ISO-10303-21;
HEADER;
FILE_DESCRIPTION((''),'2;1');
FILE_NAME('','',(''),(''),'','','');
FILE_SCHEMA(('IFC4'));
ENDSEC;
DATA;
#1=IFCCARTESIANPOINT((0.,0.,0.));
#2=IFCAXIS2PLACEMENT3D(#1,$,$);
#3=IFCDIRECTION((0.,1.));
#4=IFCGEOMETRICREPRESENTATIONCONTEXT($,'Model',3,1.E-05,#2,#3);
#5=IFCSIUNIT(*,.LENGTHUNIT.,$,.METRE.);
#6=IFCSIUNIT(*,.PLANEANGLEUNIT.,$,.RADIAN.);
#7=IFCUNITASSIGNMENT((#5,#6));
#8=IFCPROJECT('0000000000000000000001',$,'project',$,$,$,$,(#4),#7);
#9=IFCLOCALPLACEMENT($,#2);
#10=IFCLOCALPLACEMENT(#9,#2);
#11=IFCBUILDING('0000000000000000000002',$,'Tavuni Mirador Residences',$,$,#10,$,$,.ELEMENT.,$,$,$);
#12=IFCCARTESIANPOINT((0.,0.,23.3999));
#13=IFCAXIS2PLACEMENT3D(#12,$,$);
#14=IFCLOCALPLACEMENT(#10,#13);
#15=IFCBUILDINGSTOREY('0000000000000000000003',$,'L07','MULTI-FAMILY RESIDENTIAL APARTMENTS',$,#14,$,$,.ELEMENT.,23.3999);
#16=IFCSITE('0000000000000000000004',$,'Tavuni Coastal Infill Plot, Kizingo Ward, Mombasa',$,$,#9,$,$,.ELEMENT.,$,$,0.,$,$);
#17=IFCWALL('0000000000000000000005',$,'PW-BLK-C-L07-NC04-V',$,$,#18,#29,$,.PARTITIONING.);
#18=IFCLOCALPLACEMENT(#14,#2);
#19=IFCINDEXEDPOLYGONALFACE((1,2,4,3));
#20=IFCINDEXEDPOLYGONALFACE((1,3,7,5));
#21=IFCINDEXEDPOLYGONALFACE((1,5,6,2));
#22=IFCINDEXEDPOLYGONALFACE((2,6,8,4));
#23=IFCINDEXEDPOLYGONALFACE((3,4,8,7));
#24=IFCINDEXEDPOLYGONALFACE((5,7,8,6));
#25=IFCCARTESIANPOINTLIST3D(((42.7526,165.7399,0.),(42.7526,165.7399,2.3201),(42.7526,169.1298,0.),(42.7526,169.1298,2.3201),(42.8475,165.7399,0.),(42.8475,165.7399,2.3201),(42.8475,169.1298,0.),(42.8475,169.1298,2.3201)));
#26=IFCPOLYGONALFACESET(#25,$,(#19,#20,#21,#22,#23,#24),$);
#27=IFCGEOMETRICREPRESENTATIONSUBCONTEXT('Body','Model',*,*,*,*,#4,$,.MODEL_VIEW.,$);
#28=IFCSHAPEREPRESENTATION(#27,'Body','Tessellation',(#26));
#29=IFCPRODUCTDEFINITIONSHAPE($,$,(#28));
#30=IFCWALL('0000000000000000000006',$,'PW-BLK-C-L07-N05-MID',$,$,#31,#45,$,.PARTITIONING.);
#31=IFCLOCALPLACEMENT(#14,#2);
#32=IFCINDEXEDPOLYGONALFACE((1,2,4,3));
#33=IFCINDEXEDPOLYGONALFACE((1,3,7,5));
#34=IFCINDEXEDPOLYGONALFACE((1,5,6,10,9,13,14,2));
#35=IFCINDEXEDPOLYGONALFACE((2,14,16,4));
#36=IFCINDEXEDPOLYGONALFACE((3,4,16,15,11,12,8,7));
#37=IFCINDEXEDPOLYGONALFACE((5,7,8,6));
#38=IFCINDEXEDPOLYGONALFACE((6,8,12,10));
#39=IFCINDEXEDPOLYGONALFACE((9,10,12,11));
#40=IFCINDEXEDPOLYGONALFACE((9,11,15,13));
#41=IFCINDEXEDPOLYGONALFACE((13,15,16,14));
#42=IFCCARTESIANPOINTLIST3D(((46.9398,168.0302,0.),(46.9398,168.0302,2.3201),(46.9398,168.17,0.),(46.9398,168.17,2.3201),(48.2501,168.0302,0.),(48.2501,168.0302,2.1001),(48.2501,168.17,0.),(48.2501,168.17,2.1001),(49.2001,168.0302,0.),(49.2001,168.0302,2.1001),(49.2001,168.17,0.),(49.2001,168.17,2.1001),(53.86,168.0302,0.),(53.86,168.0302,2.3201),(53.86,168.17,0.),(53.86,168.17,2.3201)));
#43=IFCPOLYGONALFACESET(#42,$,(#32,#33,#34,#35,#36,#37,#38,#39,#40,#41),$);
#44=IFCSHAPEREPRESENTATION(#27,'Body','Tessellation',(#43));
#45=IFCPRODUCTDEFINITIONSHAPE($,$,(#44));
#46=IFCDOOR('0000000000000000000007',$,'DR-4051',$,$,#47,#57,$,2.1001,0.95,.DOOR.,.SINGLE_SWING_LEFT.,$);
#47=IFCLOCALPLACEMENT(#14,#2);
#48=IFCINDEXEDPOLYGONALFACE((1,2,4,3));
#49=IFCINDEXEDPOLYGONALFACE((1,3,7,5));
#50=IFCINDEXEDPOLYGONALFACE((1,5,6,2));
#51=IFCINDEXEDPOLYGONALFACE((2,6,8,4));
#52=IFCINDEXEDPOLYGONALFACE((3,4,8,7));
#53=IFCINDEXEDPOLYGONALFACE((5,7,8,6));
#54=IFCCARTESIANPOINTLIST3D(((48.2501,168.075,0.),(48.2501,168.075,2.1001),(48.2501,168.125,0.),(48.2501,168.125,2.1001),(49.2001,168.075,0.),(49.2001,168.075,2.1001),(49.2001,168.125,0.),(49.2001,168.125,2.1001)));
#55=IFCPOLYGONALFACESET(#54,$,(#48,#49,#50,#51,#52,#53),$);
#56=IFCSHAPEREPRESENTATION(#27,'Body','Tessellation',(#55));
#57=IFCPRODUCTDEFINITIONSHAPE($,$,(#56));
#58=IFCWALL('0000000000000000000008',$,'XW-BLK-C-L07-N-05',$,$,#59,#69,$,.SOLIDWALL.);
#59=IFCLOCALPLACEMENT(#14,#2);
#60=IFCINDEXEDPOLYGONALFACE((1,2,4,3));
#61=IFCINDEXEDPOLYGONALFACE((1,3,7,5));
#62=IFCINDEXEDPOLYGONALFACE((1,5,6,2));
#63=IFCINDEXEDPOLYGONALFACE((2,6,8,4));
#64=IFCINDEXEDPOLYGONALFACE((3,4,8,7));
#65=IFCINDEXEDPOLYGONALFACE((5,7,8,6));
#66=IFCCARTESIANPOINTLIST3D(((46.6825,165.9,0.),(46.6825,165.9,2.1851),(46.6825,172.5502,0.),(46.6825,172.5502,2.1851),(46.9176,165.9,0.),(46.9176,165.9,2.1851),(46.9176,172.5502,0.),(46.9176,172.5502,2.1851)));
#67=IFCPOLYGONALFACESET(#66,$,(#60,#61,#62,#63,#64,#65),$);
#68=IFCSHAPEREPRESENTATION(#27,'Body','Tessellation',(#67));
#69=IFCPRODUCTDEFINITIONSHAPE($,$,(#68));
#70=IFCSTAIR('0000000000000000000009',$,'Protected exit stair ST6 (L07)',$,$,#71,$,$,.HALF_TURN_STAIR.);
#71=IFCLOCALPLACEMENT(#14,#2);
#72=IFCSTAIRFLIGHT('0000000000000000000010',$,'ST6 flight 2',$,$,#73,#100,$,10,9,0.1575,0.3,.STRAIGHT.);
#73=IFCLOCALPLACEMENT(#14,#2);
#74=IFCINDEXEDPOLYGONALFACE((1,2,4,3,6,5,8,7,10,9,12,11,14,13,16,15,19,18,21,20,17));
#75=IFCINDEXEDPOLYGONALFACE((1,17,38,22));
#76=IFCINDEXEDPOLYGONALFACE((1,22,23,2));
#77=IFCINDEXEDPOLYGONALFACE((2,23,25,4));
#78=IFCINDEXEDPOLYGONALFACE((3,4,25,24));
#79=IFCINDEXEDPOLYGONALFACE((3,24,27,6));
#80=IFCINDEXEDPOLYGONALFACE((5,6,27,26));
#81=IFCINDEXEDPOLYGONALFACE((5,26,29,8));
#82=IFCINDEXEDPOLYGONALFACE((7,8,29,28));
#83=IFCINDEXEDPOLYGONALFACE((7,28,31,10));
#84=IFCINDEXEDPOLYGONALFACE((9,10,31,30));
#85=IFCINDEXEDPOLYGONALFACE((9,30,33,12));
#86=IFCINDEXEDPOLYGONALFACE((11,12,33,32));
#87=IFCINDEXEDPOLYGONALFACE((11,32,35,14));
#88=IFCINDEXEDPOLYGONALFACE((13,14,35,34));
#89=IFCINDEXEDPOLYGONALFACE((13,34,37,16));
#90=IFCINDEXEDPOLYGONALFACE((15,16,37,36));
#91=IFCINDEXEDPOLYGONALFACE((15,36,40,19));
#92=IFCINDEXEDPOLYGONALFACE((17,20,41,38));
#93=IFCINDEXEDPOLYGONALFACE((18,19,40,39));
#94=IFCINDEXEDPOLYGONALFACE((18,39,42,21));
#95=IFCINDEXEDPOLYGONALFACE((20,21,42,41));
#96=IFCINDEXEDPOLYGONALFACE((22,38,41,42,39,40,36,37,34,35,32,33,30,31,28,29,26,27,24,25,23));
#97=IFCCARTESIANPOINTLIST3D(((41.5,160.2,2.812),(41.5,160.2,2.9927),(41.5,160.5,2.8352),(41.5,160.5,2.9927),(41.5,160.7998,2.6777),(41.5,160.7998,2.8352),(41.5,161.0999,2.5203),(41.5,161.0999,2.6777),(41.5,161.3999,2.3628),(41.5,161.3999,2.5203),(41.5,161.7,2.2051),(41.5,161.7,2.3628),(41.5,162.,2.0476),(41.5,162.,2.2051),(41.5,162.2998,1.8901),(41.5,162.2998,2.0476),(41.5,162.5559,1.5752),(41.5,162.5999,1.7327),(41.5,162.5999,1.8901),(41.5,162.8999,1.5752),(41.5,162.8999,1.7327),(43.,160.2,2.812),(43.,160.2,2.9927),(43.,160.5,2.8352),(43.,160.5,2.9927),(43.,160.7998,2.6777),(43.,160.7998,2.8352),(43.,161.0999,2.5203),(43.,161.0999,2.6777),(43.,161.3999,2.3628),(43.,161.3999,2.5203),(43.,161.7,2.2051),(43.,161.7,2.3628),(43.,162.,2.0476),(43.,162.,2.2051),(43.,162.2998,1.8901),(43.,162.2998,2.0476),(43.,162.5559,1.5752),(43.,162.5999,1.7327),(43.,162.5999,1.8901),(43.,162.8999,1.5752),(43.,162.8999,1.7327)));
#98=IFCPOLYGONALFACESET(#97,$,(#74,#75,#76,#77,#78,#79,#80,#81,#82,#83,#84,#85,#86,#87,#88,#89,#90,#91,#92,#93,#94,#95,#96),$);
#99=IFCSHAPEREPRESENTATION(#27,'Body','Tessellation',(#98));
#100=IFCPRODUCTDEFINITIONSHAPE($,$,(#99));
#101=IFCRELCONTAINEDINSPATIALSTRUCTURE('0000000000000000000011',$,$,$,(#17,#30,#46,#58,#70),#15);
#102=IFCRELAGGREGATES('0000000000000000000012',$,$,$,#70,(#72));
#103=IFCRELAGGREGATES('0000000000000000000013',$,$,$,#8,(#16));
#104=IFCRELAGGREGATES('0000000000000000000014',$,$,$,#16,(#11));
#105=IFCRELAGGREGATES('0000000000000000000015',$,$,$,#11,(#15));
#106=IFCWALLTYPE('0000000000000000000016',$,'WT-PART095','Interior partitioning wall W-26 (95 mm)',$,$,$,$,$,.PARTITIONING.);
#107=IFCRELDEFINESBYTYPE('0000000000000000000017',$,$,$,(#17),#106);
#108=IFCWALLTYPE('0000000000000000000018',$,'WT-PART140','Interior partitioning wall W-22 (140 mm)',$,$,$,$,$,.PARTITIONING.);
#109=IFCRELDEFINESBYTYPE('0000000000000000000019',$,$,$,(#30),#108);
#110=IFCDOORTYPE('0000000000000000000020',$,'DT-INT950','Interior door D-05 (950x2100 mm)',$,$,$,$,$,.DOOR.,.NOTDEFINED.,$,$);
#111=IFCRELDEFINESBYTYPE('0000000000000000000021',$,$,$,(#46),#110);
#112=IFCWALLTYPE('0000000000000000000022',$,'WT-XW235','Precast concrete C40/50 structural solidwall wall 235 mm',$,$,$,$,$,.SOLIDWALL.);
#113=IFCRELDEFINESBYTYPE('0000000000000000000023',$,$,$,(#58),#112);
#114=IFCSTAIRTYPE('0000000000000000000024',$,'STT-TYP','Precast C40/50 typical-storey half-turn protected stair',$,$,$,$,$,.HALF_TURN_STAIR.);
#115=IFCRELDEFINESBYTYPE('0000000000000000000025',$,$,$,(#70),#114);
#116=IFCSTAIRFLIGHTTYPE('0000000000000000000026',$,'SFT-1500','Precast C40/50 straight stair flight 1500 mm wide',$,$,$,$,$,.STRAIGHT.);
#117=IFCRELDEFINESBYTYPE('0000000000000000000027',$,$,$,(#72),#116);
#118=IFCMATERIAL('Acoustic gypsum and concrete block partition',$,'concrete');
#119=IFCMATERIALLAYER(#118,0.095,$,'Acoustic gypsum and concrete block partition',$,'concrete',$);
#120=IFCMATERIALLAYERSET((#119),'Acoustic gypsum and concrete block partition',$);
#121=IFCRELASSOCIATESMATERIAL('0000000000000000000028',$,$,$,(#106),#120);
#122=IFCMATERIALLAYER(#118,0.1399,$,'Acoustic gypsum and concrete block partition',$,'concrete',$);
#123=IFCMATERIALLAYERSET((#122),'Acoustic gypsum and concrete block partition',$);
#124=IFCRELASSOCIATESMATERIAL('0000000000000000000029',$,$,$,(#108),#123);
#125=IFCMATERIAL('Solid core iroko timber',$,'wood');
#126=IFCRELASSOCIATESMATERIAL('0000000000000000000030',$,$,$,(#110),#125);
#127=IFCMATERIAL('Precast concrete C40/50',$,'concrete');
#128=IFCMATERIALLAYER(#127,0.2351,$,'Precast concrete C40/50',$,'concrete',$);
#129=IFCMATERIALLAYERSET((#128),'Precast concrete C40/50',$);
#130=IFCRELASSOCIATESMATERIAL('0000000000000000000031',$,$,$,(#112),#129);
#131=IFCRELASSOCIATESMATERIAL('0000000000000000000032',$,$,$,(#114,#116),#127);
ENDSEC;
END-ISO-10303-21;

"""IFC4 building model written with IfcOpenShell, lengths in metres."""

from ifc_helpers import new_model, si_unit, direction, frame, frame_2d, origin, place, context, subcontext, project, spatial, polyline, rectangle, outline, extrude, material, layer, layer_set, type_object, element, fill, aggregate, save


model = new_model("IFC4")

# Units and contexts
model_context = context("Model", 3, precision=1e-05, world=origin(), true_north=direction((0.0, 1.0)))
body_context = subcontext(model_context, "Body", "Model", "MODEL_VIEW")
ifc_project = project(units=[si_unit("LENGTHUNIT", "METRE"), si_unit("PLANEANGLEUNIT", "RADIAN")], contexts=[model_context])

# Site, building, storey
site_placement = place(None, origin())
site = spatial("IfcSite", under=ifc_project, at=site_placement, Name="Tavuni Coastal Infill Plot, Kizingo Ward, Mombasa", CompositionType="ELEMENT", RefElevation=0.0)
building_placement = place(site_placement, origin())
building = spatial("IfcBuilding", under=site, at=building_placement, Name="Tavuni Mirador Residences", CompositionType="ELEMENT")
storey_placement = place(building_placement, frame((0.0, 0.0, 23.3999)))
storey = spatial("IfcBuildingStorey", under=building, at=storey_placement, Name="L07", Description="MULTI-FAMILY RESIDENTIAL APARTMENTS", CompositionType="ELEMENT", Elevation=23.3999)

# Shared definitions
ifc_material_1 = material(Name="Precast concrete C40/50", Category="concrete")

# Shared definitions
ifc_material_2 = material(Name="Solid core iroko timber", Category="wood")

# Wall
ifc_material_3 = material(Name="Acoustic gypsum and concrete block partition", Category="concrete")
ifc_layer_1 = layer(ifc_material_3, 0.095, Name="Acoustic gypsum and concrete block partition", Category="concrete")
ifc_layer_set_1 = layer_set([ifc_layer_1], Name="Acoustic gypsum and concrete block partition")
wall_type_1 = type_object("IfcWallType", Name="WT-PART095", Description="Interior partitioning wall W-26 (95 mm)", PredefinedType="PARTITIONING", material=ifc_layer_set_1)
wall_1_placement = place(storey_placement, frame((42.8, 165.74, 0.0), z_axis=(0.0, 0.0, 1.0), x_axis=(0.0, 1.0, 0.0)))
element("IfcWall", 1, at=wall_1_placement, inside=storey, type_object=wall_type_1, Name="PW-BLK-C-L07-NC04-V", PredefinedType="PARTITIONING", context=body_context, shape_type="SweptSolid", body=[
    extrude(rectangle(XDim=3.3899, YDim=0.095, at=frame_2d((1.6948, 0.0))), origin(), (0.0, 0.0, 1.0), 2.3201),
])

# Wall, opening, door
ifc_layer_2 = layer(ifc_material_3, 0.1399, Name="Acoustic gypsum and concrete block partition", Category="concrete")
ifc_layer_set_2 = layer_set([ifc_layer_2], Name="Acoustic gypsum and concrete block partition")
wall_type_2 = type_object("IfcWallType", Name="WT-PART140", Description="Interior partitioning wall W-22 (140 mm)", PredefinedType="PARTITIONING", material=ifc_layer_set_2)
wall_2_placement = place(storey_placement, frame((46.9399, 168.1001, 0.0), z_axis=(0.0, 0.0, 1.0), x_axis=(1.0, 0.0, 0.0)))
wall_2 = element("IfcWall", 2, at=wall_2_placement, inside=storey, type_object=wall_type_2, Name="PW-BLK-C-L07-N05-MID", PredefinedType="PARTITIONING", context=body_context, shape_type="SweptSolid", body=[
    extrude(rectangle(XDim=6.9202, YDim=0.1399, at=frame_2d((3.46, 0.0))), origin(), (0.0, 0.0, 1.0), 2.3201),
])
opening_1_placement = place(wall_2_placement, frame((1.3101, 0.0, 0.0)))
opening_1 = element("IfcOpeningElement", 3, at=opening_1_placement, cuts=wall_2, PredefinedType="OPENING", context=body_context, shape_type="SweptSolid", body=[
    extrude(rectangle(XDim=0.95, YDim=2.1001, at=frame_2d((0.4751, 1.05))), frame((0.0, 0.0801, 0.0), z_axis=(0.0, -1.0, 0.0), x_axis=(1.0, 0.0, 0.0)), (0.0, 0.0, 1.0), 0.1599),
])
door_type_1 = type_object("IfcDoorType", Name="DT-INT950", Description="Interior door D-05 (950x2100 mm)", OperationType="NOTDEFINED", PredefinedType="DOOR", material=ifc_material_2)
door_1_placement = place(opening_1_placement, origin())
door_1 = element("IfcDoor", 4, at=door_1_placement, inside=storey, type_object=door_type_1, Name="DR-4051", OperationType="SINGLE_SWING_LEFT", OverallHeight=2.1001, OverallWidth=0.95, PredefinedType="DOOR", context=body_context, shape_type="SweptSolid", body=[
    extrude(rectangle(XDim=0.95, YDim=2.1001, at=frame_2d((0.4751, 1.05))), frame((0.0, 0.0249, 0.0), z_axis=(0.0, -1.0, 0.0), x_axis=(1.0, 0.0, 0.0)), (0.0, 0.0, 1.0), 0.05),
])
fill(opening_1, door_1)

# Wall
ifc_layer_3 = layer(ifc_material_1, 0.2351, Name="Precast concrete C40/50", Category="concrete")
ifc_layer_set_3 = layer_set([ifc_layer_3], Name="Precast concrete C40/50")
wall_type_3 = type_object("IfcWallType", Name="WT-XW235", Description="Precast concrete C40/50 structural solidwall wall 235 mm", PredefinedType="SOLIDWALL", material=ifc_layer_set_3)
wall_3_placement = place(storey_placement, frame((46.8, 165.8999, 0.0), z_axis=(0.0, 0.0, 1.0), x_axis=(0.0, 1.0, 0.0)))
element("IfcWall", 5, at=wall_3_placement, inside=storey, type_object=wall_type_3, Name="XW-BLK-C-L07-N-05", PredefinedType="SOLIDWALL", context=body_context, shape_type="SweptSolid", body=[
    extrude(rectangle(XDim=6.6501, YDim=0.2351, at=frame_2d((3.3252, 0.0))), origin(), (0.0, 0.0, 1.0), 2.1851),
])

# Stair, stair flight
stair_type = type_object("IfcStairType", Name="STT-TYP", Description="Precast C40/50 typical-storey half-turn protected stair", PredefinedType="HALF_TURN_STAIR", material=ifc_material_1)
stair_placement = place(storey_placement, origin())
stair = element("IfcStair", 6, at=stair_placement, inside=storey, type_object=stair_type, Name="Protected exit stair ST6 (L07)", PredefinedType="HALF_TURN_STAIR")
stair_flight_type = type_object("IfcStairFlightType", Name="SFT-1500", Description="Precast C40/50 straight stair flight 1500 mm wide", PredefinedType="STRAIGHT", material=ifc_material_1)
stair_flight_placement = place(storey_placement, frame((42.25, 162.8999, 1.5752), z_axis=(0.0, 0.0, 1.0), x_axis=(0.0, -1.0, 0.0)))
stair_flight = element("IfcStairFlight", 7, at=stair_flight_placement, type_object=stair_flight_type, Name="ST6 flight 2", NumberOfRisers=10, NumberOfTreads=9, PredefinedType="STRAIGHT", RiserHeight=0.1575, TreadLength=0.3, context=body_context, shape_type="SweptSolid", body=[
    extrude(outline(polyline([(0.0, 0.0), (0.0, 0.1575), (0.3, 0.1575), (0.3, 0.3149), (0.6001, 0.3149), (0.6001, 0.4724), (0.8999, 0.4724), (0.8999, 0.6299), (1.2, 0.6299), (1.2, 0.7876), (1.5, 0.7876), (1.5, 0.9451), (1.8, 0.9451), (1.8, 1.1025), (2.1001, 1.1025), (2.1001, 1.26), (2.3999, 1.26), (2.3999, 1.4175), (2.7, 1.4175), (2.7, 1.575), (2.7, 1.2368), (0.344, 0.0), (0.0, 0.0)])), frame((0.0, 0.75, 0.0), z_axis=(0.0, -1.0, 0.0), x_axis=(1.0, 0.0, 0.0)), (0.0, 0.0, 1.0), 1.5),
])
aggregate(stair, [stair_flight])

save(model, "model.ifc")
